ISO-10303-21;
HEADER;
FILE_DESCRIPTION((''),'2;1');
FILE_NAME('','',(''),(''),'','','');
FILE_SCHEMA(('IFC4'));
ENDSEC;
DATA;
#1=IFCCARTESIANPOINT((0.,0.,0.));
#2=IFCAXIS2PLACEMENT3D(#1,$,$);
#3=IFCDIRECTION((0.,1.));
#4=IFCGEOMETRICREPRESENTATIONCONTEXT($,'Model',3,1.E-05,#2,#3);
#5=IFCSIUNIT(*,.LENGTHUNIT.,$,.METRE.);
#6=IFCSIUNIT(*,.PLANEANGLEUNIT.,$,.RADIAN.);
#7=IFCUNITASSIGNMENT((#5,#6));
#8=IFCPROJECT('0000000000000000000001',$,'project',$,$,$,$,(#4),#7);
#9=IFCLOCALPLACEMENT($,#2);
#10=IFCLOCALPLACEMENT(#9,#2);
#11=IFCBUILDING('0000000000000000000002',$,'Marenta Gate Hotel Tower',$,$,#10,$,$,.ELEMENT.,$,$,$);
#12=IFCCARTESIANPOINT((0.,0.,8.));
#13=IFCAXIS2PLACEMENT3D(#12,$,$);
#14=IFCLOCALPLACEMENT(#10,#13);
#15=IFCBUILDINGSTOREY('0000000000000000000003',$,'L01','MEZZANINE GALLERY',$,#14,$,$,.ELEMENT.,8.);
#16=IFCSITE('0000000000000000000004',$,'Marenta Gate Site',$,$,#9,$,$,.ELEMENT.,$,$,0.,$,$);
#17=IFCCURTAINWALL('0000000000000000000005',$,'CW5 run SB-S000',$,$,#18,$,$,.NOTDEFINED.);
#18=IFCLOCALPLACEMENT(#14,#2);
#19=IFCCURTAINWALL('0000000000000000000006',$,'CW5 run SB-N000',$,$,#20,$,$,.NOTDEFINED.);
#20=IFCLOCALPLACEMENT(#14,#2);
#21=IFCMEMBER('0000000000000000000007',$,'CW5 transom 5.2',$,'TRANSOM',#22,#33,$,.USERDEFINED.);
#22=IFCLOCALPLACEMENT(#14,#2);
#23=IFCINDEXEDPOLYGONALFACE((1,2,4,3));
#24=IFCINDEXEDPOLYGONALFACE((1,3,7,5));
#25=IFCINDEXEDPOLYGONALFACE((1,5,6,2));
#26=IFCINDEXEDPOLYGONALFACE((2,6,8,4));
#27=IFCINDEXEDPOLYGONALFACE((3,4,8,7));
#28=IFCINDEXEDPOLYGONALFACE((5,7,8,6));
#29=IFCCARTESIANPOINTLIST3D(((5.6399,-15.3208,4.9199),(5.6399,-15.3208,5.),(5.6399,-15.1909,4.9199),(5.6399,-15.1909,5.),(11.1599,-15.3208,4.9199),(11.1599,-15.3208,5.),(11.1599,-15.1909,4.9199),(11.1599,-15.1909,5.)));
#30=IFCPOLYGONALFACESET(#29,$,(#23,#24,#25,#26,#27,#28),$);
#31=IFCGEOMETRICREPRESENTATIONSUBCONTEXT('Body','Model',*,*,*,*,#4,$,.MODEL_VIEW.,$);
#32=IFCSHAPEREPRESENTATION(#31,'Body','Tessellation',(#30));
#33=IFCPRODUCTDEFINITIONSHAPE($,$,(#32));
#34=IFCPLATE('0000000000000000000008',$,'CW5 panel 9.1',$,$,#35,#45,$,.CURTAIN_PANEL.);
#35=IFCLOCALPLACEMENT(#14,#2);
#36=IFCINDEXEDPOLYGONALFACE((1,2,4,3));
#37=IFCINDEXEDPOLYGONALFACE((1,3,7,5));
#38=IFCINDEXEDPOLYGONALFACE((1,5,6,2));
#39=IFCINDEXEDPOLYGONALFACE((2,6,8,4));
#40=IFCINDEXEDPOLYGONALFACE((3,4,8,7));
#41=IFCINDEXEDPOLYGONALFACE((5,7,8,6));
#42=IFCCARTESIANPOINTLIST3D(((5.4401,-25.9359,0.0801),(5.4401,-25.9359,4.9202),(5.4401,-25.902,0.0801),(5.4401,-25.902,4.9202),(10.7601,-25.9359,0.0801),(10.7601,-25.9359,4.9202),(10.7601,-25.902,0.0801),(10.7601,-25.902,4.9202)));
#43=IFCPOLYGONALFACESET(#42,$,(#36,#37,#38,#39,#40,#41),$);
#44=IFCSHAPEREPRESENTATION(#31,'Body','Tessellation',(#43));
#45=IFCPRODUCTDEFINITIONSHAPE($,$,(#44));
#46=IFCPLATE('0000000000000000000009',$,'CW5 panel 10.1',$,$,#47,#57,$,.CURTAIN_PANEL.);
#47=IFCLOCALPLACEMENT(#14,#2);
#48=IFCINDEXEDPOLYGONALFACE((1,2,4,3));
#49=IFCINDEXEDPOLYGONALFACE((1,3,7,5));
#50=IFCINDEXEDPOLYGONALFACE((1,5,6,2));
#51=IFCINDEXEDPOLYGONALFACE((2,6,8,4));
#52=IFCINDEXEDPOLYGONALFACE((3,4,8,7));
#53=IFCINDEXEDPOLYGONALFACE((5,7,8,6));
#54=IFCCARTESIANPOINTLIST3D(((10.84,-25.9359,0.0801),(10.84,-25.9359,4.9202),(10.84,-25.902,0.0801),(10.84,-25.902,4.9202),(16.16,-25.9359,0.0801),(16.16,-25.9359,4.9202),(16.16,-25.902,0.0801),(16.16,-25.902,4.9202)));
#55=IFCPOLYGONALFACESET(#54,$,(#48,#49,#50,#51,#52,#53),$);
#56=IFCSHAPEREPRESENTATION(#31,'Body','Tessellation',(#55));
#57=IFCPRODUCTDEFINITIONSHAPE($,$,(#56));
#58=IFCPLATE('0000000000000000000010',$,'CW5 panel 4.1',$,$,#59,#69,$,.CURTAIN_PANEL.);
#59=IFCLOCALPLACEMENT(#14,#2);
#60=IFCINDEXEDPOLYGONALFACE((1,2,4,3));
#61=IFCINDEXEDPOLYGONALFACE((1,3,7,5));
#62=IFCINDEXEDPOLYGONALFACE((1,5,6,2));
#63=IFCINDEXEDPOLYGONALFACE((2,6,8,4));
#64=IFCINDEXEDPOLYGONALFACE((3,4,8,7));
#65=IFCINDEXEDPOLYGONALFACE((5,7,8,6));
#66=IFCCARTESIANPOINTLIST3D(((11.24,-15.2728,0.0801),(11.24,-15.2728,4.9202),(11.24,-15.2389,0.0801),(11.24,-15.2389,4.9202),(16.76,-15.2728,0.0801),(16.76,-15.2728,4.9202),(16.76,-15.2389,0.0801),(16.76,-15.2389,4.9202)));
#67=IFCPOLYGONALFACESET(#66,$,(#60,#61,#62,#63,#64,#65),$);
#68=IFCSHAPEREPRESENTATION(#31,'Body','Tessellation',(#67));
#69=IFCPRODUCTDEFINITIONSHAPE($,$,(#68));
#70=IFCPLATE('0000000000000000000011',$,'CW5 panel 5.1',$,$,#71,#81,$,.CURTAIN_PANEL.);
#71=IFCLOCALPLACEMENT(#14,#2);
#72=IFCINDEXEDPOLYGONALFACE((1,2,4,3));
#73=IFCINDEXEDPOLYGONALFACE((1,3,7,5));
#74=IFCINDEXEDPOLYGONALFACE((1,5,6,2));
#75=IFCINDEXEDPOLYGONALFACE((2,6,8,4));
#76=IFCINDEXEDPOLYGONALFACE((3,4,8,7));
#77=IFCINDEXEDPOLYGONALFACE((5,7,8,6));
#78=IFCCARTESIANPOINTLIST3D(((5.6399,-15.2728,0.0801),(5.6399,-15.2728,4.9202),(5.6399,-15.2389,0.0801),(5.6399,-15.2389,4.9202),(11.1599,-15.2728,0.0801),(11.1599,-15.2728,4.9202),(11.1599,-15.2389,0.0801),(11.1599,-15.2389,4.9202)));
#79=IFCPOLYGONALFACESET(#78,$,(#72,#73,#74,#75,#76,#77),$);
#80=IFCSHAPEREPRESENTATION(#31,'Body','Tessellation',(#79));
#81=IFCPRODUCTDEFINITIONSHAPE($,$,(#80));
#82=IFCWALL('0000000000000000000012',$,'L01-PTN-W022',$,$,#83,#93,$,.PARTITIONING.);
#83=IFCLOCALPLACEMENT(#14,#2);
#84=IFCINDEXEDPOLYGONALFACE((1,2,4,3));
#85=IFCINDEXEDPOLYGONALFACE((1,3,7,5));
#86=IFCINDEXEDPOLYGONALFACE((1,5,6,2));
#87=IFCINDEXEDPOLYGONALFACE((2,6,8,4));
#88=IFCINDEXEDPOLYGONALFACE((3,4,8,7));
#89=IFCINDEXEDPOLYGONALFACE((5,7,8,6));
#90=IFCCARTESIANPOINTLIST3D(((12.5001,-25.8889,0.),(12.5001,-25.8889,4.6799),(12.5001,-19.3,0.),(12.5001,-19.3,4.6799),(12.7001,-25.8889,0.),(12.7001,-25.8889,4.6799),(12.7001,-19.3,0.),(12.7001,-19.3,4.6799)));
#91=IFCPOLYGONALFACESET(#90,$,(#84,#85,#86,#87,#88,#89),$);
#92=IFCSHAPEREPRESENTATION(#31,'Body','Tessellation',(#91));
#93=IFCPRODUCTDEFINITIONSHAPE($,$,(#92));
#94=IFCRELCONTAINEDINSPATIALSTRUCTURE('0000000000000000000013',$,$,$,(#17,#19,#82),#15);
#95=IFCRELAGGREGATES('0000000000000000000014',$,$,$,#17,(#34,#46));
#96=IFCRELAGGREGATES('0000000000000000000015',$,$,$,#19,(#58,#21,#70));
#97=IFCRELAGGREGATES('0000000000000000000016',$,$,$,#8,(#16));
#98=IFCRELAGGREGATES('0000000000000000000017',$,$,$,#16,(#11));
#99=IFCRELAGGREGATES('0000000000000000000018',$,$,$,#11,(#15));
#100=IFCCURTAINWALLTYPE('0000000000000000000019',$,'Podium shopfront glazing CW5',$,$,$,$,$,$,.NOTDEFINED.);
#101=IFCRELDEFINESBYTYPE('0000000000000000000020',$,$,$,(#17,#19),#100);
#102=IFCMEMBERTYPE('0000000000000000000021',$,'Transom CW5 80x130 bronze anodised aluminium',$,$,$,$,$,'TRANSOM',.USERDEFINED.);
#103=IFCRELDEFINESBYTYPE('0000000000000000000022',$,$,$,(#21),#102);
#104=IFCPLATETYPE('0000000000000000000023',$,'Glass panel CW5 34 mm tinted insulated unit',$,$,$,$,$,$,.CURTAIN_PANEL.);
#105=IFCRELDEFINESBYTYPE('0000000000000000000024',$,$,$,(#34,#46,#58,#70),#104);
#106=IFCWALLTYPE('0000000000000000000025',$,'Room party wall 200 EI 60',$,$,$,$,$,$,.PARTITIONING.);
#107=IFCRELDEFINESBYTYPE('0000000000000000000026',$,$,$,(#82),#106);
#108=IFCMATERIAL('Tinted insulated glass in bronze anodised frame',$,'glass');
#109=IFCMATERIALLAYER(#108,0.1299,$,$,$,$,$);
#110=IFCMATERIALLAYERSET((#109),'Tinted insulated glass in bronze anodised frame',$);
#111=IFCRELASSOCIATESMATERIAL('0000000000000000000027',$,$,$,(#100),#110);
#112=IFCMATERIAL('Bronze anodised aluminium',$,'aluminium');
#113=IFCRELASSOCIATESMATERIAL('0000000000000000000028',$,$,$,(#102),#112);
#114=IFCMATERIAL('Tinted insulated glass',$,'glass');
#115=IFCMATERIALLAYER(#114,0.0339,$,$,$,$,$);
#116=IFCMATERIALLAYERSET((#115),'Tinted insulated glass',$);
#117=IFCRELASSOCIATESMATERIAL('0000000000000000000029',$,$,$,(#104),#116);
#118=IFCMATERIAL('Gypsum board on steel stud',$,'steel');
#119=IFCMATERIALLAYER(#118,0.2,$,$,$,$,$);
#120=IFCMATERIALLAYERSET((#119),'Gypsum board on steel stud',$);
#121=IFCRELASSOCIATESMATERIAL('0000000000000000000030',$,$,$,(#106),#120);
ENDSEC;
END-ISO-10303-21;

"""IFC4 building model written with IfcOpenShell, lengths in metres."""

from ifc_helpers import new_model, si_unit, direction, frame, frame_2d, origin, origin_2d, place, context, subcontext, project, spatial, rectangle, extrude, material, layer, layer_set, material_profile, profile_set, type_object, element, aggregate, save


model = new_model("IFC4")

# Units and contexts
model_context = context("Model", 3, precision=1e-05, world=origin(), true_north=direction((0.0, 1.0)))
body_context = subcontext(model_context, "Body", "Model", "MODEL_VIEW")
ifc_project = project(units=[si_unit("LENGTHUNIT", "METRE"), si_unit("PLANEANGLEUNIT", "RADIAN")], contexts=[model_context])

# Site, building, storey
site_placement = place(None, origin())
site = spatial("IfcSite", under=ifc_project, at=site_placement, Name="Marenta Gate Site", CompositionType="ELEMENT", RefElevation=0.0)
building_placement = place(site_placement, origin())
building = spatial("IfcBuilding", under=site, at=building_placement, Name="Marenta Gate Hotel Tower", CompositionType="ELEMENT")
storey_placement = place(building_placement, frame((0.0, 0.0, 8.0)))
storey = spatial("IfcBuildingStorey", under=building, at=storey_placement, Name="L01", Description="MEZZANINE GALLERY", CompositionType="ELEMENT", Elevation=8.0)

# Curtain walls
ifc_material_1 = material(Name="Tinted insulated glass in bronze anodised frame", Category="glass")
ifc_layer_1 = layer(ifc_material_1, 0.1299)
ifc_layer_set_1 = layer_set([ifc_layer_1], Name="Tinted insulated glass in bronze anodised frame")
curtain_wall_type = type_object("IfcCurtainWallType", Name="Podium shopfront glazing CW5", PredefinedType="NOTDEFINED", material=ifc_layer_set_1)
curtain_wall_1_placement = place(storey_placement, origin())
curtain_wall_1 = element("IfcCurtainWall", 1, at=curtain_wall_1_placement, inside=storey, type_object=curtain_wall_type, Name="CW5 run SB-S000", PredefinedType="NOTDEFINED")
curtain_wall_2_placement = place(storey_placement, origin())
curtain_wall_2 = element("IfcCurtainWall", 2, at=curtain_wall_2_placement, inside=storey, type_object=curtain_wall_type, Name="CW5 run SB-N000", PredefinedType="NOTDEFINED")

# Member
ifc_material_2 = material(Name="Bronze anodised aluminium", Category="aluminium")
ifc_material_profile_1 = material_profile(ifc_material_2, rectangle(XDim=0.1299, YDim=0.0801, at=origin_2d()), Name="Transom CW5 80x130 bronze anodised aluminium")
ifc_profile_set_1 = profile_set([ifc_material_profile_1], Name="Bronze anodised aluminium")
member_type_1 = type_object("IfcMemberType", Name="Transom CW5 80x130 bronze anodised aluminium", ElementType="TRANSOM", PredefinedType="USERDEFINED", material=ifc_profile_set_1)
member_1_placement = place(storey_placement, frame((11.1599, -15.2559, 4.96), z_axis=(-1.0, 0.0, 0.0), x_axis=(0.0, -1.0, 0.0)))
member_1 = element("IfcMember", 3, at=member_1_placement, type_object=member_type_1, Name="CW5 transom 5.2", ObjectType="TRANSOM", PredefinedType="USERDEFINED", context=body_context, shape_type="SweptSolid", body=[
    extrude(rectangle(XDim=0.1299, YDim=0.0801, at=origin_2d()), origin(), (0.0, 0.0, 1.0), 5.52),
])

# Plates
ifc_material_3 = material(Name="Tinted insulated glass", Category="glass")
ifc_layer_2 = layer(ifc_material_3, 0.0339)
ifc_layer_set_2 = layer_set([ifc_layer_2], Name="Tinted insulated glass")
plate_type = type_object("IfcPlateType", Name="Glass panel CW5 34 mm tinted insulated unit", PredefinedType="CURTAIN_PANEL", material=ifc_layer_set_2)
plate_1_placement = place(storey_placement, frame((8.1001, -25.9189, 0.0801), z_axis=(0.0, 0.0, 1.0), x_axis=(1.0, 0.0, 0.0)))
plate_1 = element("IfcPlate", 4, at=plate_1_placement, type_object=plate_type, Name="CW5 panel 9.1", PredefinedType="CURTAIN_PANEL", context=body_context, shape_type="SweptSolid", body=[
    extrude(rectangle(XDim=5.3201, YDim=0.0339, at=origin_2d()), origin(), (0.0, 0.0, 1.0), 4.8401),
])
plate_2_placement = place(storey_placement, frame((13.5, -25.9189, 0.0801), z_axis=(0.0, 0.0, 1.0), x_axis=(1.0, 0.0, 0.0)))
plate_2 = element("IfcPlate", 5, at=plate_2_placement, type_object=plate_type, Name="CW5 panel 10.1", PredefinedType="CURTAIN_PANEL", context=body_context, shape_type="SweptSolid", body=[
    extrude(rectangle(XDim=5.3201, YDim=0.0339, at=origin_2d()), origin(), (0.0, 0.0, 1.0), 4.8401),
])
aggregate(curtain_wall_1, [plate_1, plate_2])
plate_3_placement = place(storey_placement, frame((14.0, -15.2559, 0.0801), z_axis=(0.0, 0.0, 1.0), x_axis=(-1.0, 0.0, 0.0)))
plate_3 = element("IfcPlate", 6, at=plate_3_placement, type_object=plate_type, Name="CW5 panel 4.1", PredefinedType="CURTAIN_PANEL", context=body_context, shape_type="SweptSolid", body=[
    extrude(rectangle(XDim=5.52, YDim=0.0339, at=origin_2d()), origin(), (0.0, 0.0, 1.0), 4.8401),
])
plate_4_placement = place(storey_placement, frame((8.3999, -15.2559, 0.0801), z_axis=(0.0, 0.0, 1.0), x_axis=(-1.0, 0.0, 0.0)))
plate_4 = element("IfcPlate", 7, at=plate_4_placement, type_object=plate_type, Name="CW5 panel 5.1", PredefinedType="CURTAIN_PANEL", context=body_context, shape_type="SweptSolid", body=[
    extrude(rectangle(XDim=5.52, YDim=0.0339, at=origin_2d()), origin(), (0.0, 0.0, 1.0), 4.8401),
])
aggregate(curtain_wall_2, [plate_3, member_1, plate_4])

# Wall
ifc_material_4 = material(Name="Gypsum board on steel stud", Category="steel")
ifc_layer_3 = layer(ifc_material_4, 0.2)
ifc_layer_set_3 = layer_set([ifc_layer_3], Name="Gypsum board on steel stud")
wall_type = type_object("IfcWallType", Name="Room party wall 200 EI 60", PredefinedType="PARTITIONING", material=ifc_layer_set_3)
wall_placement = place(storey_placement, frame((12.6001, -25.8889, 0.0), z_axis=(0.0, 0.0, 1.0), x_axis=(0.0, 1.0, 0.0)))
element("IfcWall", 8, at=wall_placement, inside=storey, type_object=wall_type, Name="L01-PTN-W022", PredefinedType="PARTITIONING", context=body_context, shape_type="SweptSolid", body=[
    extrude(rectangle(XDim=6.5889, YDim=0.2, at=frame_2d((3.2944, 0.0))), origin(), (0.0, 0.0, 1.0), 4.6799),
])

save(model, "model.ifc")
